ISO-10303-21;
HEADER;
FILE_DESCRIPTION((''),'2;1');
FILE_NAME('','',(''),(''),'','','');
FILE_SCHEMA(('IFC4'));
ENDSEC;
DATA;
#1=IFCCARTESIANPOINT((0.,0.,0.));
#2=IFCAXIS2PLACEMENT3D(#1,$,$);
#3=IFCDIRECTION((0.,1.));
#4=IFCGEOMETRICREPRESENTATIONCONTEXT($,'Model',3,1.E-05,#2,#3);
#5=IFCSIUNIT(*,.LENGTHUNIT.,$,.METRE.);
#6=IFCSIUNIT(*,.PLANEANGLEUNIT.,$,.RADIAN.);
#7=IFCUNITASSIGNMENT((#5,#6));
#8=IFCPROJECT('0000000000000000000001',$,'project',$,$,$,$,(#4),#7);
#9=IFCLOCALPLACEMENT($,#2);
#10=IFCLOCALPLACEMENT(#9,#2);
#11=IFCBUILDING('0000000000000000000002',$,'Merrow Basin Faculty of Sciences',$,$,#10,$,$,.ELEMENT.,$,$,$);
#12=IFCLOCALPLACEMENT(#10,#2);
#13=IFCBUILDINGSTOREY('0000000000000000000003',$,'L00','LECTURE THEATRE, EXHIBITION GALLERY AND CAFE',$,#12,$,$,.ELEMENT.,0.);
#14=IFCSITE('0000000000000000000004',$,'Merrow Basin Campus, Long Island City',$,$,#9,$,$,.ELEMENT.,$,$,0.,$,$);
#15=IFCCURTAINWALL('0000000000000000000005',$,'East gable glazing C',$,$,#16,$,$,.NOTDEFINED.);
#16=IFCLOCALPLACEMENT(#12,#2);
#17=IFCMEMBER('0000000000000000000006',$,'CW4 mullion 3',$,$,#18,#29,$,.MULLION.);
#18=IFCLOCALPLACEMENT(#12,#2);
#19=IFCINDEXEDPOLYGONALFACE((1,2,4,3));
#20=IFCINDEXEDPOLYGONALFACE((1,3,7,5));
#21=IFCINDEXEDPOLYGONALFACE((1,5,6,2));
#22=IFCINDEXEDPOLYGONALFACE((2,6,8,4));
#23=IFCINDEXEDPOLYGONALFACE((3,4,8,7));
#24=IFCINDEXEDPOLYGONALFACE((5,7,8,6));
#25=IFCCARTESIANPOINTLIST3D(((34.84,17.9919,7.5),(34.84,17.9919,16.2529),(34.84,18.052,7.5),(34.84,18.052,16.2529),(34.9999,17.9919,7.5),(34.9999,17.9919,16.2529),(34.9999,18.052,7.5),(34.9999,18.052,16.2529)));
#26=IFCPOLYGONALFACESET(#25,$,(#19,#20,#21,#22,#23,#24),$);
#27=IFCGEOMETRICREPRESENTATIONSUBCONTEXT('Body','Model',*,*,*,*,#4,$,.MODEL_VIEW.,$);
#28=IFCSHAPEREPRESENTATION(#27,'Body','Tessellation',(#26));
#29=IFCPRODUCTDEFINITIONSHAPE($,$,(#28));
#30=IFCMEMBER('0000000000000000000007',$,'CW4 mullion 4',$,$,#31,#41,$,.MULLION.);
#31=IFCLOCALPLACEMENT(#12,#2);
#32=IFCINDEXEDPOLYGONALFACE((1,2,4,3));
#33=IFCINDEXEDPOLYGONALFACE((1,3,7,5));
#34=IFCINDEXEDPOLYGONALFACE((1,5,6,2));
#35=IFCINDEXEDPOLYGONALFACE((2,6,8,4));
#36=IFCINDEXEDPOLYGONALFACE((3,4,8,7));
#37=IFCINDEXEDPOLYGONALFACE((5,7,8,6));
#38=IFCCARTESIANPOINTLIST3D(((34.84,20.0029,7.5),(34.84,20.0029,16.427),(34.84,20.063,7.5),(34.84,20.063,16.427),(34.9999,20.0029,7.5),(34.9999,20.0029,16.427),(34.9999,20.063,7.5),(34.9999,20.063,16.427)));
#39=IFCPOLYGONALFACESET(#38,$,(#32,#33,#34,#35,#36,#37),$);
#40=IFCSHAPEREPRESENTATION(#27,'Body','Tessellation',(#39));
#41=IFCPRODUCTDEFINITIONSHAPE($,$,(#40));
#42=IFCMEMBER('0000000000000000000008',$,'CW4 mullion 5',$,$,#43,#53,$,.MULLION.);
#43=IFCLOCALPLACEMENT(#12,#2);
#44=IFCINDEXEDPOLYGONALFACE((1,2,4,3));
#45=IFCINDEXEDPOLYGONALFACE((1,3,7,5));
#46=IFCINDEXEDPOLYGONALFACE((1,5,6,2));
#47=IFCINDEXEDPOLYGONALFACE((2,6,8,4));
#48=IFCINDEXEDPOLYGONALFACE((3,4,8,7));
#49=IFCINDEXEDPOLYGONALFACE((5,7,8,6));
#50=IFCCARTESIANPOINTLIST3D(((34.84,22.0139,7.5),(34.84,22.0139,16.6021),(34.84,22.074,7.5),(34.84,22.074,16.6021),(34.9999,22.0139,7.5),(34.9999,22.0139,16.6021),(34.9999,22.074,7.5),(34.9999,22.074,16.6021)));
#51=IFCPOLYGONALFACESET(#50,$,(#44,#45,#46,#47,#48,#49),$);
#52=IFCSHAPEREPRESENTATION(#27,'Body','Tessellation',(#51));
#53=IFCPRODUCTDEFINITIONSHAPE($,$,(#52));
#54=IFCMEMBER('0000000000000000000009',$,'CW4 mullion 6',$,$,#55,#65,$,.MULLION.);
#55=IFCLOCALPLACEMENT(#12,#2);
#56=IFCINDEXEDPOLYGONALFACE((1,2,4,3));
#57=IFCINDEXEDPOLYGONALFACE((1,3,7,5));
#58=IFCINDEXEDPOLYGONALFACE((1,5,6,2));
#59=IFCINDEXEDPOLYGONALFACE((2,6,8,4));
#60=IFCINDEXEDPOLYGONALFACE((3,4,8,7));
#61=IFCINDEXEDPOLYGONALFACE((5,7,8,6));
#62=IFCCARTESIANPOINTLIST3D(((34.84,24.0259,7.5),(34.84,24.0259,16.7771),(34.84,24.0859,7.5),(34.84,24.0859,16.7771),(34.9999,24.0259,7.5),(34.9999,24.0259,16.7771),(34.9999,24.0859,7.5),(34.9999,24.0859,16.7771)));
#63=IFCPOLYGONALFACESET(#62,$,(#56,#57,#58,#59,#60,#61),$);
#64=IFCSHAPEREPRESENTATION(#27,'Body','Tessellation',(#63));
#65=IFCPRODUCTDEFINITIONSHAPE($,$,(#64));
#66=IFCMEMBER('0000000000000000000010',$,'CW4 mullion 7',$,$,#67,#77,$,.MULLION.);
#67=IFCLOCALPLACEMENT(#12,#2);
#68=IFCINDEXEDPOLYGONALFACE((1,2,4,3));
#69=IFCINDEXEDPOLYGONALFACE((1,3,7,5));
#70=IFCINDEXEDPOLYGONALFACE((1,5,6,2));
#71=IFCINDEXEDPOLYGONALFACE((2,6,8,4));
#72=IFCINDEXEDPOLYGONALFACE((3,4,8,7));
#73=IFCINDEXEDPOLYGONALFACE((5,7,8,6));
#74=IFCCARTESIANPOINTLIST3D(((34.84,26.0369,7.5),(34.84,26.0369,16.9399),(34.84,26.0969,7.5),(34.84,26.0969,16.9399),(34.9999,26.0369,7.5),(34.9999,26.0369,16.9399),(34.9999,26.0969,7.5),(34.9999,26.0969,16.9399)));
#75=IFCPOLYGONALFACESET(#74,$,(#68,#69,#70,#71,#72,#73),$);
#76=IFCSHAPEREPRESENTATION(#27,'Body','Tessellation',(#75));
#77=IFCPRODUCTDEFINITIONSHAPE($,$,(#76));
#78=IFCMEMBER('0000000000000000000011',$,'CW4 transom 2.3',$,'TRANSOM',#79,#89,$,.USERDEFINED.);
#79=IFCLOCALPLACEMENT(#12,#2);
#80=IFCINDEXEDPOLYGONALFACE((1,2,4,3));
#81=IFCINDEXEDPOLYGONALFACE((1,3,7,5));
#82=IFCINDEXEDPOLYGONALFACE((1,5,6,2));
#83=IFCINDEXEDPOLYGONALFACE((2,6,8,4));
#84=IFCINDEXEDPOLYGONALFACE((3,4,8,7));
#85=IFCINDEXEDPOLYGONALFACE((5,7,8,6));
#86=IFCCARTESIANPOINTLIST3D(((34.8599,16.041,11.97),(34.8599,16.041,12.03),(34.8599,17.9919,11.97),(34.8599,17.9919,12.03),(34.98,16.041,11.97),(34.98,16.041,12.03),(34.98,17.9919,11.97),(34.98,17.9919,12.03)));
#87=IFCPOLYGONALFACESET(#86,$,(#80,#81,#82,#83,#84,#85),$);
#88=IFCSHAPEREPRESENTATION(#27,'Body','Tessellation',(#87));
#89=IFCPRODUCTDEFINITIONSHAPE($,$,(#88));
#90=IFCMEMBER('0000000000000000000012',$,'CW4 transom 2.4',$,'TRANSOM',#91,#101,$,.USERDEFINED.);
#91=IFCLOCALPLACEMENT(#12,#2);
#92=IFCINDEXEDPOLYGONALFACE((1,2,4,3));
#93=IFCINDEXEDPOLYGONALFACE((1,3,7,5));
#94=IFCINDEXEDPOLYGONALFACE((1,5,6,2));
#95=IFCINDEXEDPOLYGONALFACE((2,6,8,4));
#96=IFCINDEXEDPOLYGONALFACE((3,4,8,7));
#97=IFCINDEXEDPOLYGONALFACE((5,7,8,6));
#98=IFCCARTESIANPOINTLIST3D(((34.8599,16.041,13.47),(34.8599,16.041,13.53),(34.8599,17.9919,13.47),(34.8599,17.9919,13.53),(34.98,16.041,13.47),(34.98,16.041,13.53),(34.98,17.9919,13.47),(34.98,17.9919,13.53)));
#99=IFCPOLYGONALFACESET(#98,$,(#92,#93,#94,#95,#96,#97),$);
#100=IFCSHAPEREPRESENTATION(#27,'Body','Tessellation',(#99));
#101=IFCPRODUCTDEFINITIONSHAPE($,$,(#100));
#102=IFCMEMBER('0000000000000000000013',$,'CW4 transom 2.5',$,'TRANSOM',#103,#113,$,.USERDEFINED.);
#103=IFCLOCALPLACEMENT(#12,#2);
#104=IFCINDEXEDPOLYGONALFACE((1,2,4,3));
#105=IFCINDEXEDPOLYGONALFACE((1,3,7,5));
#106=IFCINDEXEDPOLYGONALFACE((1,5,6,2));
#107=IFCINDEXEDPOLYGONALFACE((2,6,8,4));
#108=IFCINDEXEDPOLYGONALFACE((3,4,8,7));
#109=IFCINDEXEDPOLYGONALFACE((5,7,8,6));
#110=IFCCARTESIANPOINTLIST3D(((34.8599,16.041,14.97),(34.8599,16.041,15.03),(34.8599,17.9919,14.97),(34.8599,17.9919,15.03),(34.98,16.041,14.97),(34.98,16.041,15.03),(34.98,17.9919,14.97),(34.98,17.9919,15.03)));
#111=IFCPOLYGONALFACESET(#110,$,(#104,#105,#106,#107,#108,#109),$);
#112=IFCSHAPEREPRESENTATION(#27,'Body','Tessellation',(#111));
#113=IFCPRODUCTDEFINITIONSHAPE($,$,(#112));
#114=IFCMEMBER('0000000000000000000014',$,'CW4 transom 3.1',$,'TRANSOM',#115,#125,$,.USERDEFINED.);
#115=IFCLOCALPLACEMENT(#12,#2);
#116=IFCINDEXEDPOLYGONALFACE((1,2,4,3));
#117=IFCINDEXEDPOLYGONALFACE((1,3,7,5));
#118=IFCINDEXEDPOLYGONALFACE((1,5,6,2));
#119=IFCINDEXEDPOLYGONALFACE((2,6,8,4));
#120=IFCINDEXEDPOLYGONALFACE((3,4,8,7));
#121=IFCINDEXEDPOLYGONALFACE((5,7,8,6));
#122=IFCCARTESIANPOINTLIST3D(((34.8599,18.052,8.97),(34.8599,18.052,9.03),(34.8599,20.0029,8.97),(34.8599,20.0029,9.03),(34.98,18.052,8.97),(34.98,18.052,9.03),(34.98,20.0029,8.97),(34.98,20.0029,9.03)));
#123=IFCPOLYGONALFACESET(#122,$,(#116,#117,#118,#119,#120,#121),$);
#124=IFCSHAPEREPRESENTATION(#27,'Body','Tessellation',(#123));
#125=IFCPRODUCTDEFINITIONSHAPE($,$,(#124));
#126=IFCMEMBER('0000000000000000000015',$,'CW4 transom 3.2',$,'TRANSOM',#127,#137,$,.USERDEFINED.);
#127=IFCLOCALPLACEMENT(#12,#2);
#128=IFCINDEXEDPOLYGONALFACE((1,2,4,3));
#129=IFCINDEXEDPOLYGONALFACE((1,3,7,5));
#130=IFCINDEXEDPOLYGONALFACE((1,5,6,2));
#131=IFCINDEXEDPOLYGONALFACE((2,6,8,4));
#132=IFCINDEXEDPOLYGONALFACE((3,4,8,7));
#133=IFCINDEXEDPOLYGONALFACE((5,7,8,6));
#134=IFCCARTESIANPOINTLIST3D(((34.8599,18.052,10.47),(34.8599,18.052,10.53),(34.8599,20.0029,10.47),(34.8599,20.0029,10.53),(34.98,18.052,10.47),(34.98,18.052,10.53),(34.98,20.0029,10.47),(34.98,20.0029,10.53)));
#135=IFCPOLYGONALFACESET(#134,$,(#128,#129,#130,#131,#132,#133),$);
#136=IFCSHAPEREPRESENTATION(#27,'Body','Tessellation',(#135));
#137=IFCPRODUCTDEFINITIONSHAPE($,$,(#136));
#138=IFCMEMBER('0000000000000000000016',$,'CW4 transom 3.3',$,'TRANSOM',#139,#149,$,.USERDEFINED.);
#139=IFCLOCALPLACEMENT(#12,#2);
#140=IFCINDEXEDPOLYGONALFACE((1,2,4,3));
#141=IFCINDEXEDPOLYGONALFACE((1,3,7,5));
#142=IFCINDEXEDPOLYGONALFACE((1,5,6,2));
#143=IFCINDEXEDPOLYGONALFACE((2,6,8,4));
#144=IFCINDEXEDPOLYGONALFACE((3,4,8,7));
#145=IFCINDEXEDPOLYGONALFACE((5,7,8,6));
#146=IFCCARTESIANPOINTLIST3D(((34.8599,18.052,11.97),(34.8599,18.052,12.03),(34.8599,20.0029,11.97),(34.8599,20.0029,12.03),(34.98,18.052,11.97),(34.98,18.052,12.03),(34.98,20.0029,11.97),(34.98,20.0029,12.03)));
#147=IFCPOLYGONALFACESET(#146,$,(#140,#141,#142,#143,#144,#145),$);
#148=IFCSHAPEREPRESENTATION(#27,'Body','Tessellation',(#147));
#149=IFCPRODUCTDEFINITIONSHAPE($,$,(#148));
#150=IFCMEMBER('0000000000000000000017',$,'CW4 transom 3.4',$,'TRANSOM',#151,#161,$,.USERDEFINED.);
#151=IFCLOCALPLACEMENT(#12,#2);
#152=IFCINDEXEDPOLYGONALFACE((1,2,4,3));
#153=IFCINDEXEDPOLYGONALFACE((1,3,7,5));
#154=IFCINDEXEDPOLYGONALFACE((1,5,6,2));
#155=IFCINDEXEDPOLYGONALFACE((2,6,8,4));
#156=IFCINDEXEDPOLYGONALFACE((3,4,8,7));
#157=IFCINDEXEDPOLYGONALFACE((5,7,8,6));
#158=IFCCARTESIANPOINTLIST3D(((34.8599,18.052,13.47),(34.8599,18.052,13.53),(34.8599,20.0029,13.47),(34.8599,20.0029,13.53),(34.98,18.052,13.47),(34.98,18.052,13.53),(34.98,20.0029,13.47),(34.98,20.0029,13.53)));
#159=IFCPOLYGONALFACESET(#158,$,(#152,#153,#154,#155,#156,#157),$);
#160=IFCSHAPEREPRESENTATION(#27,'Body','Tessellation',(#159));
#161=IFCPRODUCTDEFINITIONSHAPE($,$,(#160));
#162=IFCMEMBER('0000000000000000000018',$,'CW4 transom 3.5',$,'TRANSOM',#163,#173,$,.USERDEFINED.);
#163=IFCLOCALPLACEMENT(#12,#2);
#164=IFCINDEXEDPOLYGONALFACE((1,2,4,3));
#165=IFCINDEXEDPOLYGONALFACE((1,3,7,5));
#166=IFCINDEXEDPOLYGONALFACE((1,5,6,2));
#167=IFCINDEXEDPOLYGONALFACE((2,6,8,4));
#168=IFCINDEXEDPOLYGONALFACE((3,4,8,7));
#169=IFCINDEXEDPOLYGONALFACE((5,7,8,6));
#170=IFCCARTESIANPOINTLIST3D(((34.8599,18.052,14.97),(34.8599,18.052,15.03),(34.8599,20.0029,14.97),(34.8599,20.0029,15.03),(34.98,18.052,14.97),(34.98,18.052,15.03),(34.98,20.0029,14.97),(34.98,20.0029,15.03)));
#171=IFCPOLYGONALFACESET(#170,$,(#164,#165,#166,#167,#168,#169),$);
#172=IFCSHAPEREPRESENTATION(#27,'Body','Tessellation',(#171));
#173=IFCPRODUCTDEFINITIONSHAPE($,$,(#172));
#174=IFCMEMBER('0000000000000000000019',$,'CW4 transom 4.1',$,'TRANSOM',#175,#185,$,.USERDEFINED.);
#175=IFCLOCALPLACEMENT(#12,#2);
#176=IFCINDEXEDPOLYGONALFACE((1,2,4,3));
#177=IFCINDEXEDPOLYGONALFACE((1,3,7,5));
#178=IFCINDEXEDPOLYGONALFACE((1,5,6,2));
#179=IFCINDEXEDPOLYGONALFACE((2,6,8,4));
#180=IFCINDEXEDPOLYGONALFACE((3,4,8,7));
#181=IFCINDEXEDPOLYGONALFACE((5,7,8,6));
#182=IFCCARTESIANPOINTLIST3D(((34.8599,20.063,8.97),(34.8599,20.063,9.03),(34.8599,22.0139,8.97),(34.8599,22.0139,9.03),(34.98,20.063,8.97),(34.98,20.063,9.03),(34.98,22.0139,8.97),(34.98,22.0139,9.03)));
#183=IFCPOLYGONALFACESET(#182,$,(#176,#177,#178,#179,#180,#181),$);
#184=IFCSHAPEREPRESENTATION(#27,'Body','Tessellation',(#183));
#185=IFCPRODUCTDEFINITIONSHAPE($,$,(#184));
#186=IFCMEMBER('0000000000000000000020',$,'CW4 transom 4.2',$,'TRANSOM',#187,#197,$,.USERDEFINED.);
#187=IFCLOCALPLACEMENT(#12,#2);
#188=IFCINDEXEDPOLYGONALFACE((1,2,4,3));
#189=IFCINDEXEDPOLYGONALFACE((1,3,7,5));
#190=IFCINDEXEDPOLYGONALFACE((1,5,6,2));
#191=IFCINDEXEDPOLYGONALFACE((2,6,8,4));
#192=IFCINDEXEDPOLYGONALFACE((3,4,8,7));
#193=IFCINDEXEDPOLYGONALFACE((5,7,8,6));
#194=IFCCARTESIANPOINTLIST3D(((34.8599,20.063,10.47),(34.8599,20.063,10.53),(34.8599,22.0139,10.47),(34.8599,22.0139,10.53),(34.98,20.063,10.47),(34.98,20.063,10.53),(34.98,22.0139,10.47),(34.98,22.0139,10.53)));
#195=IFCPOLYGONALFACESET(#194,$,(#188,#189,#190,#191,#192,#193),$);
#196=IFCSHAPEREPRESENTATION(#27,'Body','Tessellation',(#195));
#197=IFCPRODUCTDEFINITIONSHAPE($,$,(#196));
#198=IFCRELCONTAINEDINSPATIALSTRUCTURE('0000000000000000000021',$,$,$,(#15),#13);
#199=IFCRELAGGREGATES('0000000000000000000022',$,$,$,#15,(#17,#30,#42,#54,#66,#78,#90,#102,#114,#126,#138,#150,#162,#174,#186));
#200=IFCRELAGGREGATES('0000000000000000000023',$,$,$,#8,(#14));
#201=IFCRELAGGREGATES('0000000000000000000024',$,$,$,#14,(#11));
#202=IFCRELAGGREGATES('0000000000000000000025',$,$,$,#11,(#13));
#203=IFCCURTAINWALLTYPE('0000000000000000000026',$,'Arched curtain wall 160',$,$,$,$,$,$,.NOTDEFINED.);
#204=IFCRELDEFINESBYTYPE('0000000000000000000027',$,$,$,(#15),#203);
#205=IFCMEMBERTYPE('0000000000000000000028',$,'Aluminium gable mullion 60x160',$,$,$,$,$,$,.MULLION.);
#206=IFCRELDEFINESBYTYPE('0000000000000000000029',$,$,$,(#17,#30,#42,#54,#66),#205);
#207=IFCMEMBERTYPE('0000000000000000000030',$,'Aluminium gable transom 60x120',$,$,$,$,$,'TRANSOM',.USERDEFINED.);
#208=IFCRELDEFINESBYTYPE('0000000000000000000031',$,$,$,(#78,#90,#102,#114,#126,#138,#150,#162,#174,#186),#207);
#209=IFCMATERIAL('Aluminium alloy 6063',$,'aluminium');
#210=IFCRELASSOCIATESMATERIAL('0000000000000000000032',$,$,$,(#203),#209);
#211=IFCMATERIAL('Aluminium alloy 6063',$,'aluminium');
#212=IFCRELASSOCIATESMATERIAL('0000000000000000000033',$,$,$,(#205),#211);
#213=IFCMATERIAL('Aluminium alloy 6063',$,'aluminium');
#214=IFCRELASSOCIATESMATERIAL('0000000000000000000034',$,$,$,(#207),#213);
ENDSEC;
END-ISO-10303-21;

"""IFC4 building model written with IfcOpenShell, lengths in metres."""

from ifc_helpers import new_model, si_unit, direction, frame, origin, origin_2d, place, context, subcontext, project, spatial, rectangle, extrude, material, material_profile, profile_set, type_object, element, aggregate, save


model = new_model("IFC4")

# Units and contexts
model_context = context("Model", 3, precision=1e-05, world=origin(), true_north=direction((0.0, 1.0)))
body_context = subcontext(model_context, "Body", "Model", "MODEL_VIEW")
ifc_project = project(units=[si_unit("LENGTHUNIT", "METRE"), si_unit("PLANEANGLEUNIT", "RADIAN")], contexts=[model_context])

# Site, building, storey
site_placement = place(None, origin())
site = spatial("IfcSite", under=ifc_project, at=site_placement, Name="Merrow Basin Campus, Long Island City", CompositionType="ELEMENT", RefElevation=0.0)
building_placement = place(site_placement, origin())
building = spatial("IfcBuilding", under=site, at=building_placement, Name="Merrow Basin Faculty of Sciences", CompositionType="ELEMENT")
storey_placement = place(building_placement, origin())
storey = spatial("IfcBuildingStorey", under=building, at=storey_placement, Name="L00", Description="LECTURE THEATRE, EXHIBITION GALLERY AND CAFE", CompositionType="ELEMENT", Elevation=0.0)

# Curtain wall, members
ifc_material_1 = material(Name="Aluminium alloy 6063", Category="aluminium")
curtain_wall_type = type_object("IfcCurtainWallType", Name="Arched curtain wall 160", PredefinedType="NOTDEFINED", material=ifc_material_1)
curtain_wall_placement = place(storey_placement, origin())
curtain_wall = element("IfcCurtainWall", 1, at=curtain_wall_placement, inside=storey, type_object=curtain_wall_type, Name="East gable glazing C", PredefinedType="NOTDEFINED")
ifc_material_2 = material(Name="Aluminium alloy 6063", Category="aluminium")
ifc_material_profile_1 = material_profile(ifc_material_2, rectangle(XDim=0.1599, YDim=0.0601, at=origin_2d()))
ifc_profile_set_1 = profile_set([ifc_material_profile_1], Name="Aluminium alloy 6063")
member_type_1 = type_object("IfcMemberType", Name="Aluminium gable mullion 60x160", PredefinedType="MULLION", material=ifc_profile_set_1)
member_1_placement = place(storey_placement, frame((34.9199, 18.022, 7.5), z_axis=(0.0, 0.0, 1.0), x_axis=(1.0, 0.0, 0.0)))
member_1 = element("IfcMember", 2, at=member_1_placement, type_object=member_type_1, Name="CW4 mullion 3", PredefinedType="MULLION", context=body_context, shape_type="SweptSolid", body=[
    extrude(rectangle(XDim=0.1599, YDim=0.0601, at=origin_2d()), origin(), (0.0, 0.0, 1.0), 8.7529),
])
member_2_placement = place(storey_placement, frame((34.9199, 20.033, 7.5), z_axis=(0.0, 0.0, 1.0), x_axis=(1.0, 0.0, 0.0)))
member_2 = element("IfcMember", 3, at=member_2_placement, type_object=member_type_1, Name="CW4 mullion 4", PredefinedType="MULLION", context=body_context, shape_type="SweptSolid", body=[
    extrude(rectangle(XDim=0.1599, YDim=0.0601, at=origin_2d()), origin(), (0.0, 0.0, 1.0), 8.927),
])
member_3_placement = place(storey_placement, frame((34.9199, 22.0439, 7.5), z_axis=(0.0, 0.0, 1.0), x_axis=(1.0, 0.0, 0.0)))
member_3 = element("IfcMember", 4, at=member_3_placement, type_object=member_type_1, Name="CW4 mullion 5", PredefinedType="MULLION", context=body_context, shape_type="SweptSolid", body=[
    extrude(rectangle(XDim=0.1599, YDim=0.0601, at=origin_2d()), origin(), (0.0, 0.0, 1.0), 9.1021),
])
member_4_placement = place(storey_placement, frame((34.9199, 24.0559, 7.5), z_axis=(0.0, 0.0, 1.0), x_axis=(1.0, 0.0, 0.0)))
member_4 = element("IfcMember", 5, at=member_4_placement, type_object=member_type_1, Name="CW4 mullion 6", PredefinedType="MULLION", context=body_context, shape_type="SweptSolid", body=[
    extrude(rectangle(XDim=0.1599, YDim=0.0601, at=origin_2d()), origin(), (0.0, 0.0, 1.0), 9.2771),
])
member_5_placement = place(storey_placement, frame((34.9199, 26.0669, 7.5), z_axis=(0.0, 0.0, 1.0), x_axis=(1.0, 0.0, 0.0)))
member_5 = element("IfcMember", 6, at=member_5_placement, type_object=member_type_1, Name="CW4 mullion 7", PredefinedType="MULLION", context=body_context, shape_type="SweptSolid", body=[
    extrude(rectangle(XDim=0.1599, YDim=0.0601, at=origin_2d()), origin(), (0.0, 0.0, 1.0), 9.4399),
])
ifc_material_3 = material(Name="Aluminium alloy 6063", Category="aluminium")
ifc_material_profile_2 = material_profile(ifc_material_3, rectangle(XDim=0.1201, YDim=0.0601, at=origin_2d()))
ifc_profile_set_2 = profile_set([ifc_material_profile_2], Name="Aluminium alloy 6063")
member_type_2 = type_object("IfcMemberType", Name="Aluminium gable transom 60x120", ElementType="TRANSOM", PredefinedType="USERDEFINED", material=ifc_profile_set_2)
member_6_placement = place(storey_placement, frame((34.9199, 16.041, 12.0), z_axis=(0.0, 1.0, 0.0), x_axis=(-1.0, 0.0, 0.0)))
member_6 = element("IfcMember", 7, at=member_6_placement, type_object=member_type_2, Name="CW4 transom 2.3", ObjectType="TRANSOM", PredefinedType="USERDEFINED", context=body_context, shape_type="SweptSolid", body=[
    extrude(rectangle(XDim=0.1201, YDim=0.0601, at=origin_2d()), origin(), (0.0, 0.0, 1.0), 1.9509),
])
member_7_placement = place(storey_placement, frame((34.9199, 16.041, 13.5), z_axis=(0.0, 1.0, 0.0), x_axis=(-1.0, 0.0, 0.0)))
member_7 = element("IfcMember", 8, at=member_7_placement, type_object=member_type_2, Name="CW4 transom 2.4", ObjectType="TRANSOM", PredefinedType="USERDEFINED", context=body_context, shape_type="SweptSolid", body=[
    extrude(rectangle(XDim=0.1201, YDim=0.0601, at=origin_2d()), origin(), (0.0, 0.0, 1.0), 1.9509),
])
member_8_placement = place(storey_placement, frame((34.9199, 16.041, 15.0), z_axis=(0.0, 1.0, 0.0), x_axis=(-1.0, 0.0, 0.0)))
member_8 = element("IfcMember", 9, at=member_8_placement, type_object=member_type_2, Name="CW4 transom 2.5", ObjectType="TRANSOM", PredefinedType="USERDEFINED", context=body_context, shape_type="SweptSolid", body=[
    extrude(rectangle(XDim=0.1201, YDim=0.0601, at=origin_2d()), origin(), (0.0, 0.0, 1.0), 1.9509),
])
member_9_placement = place(storey_placement, frame((34.9199, 18.052, 9.0), z_axis=(0.0, 1.0, 0.0), x_axis=(-1.0, 0.0, 0.0)))
member_9 = element("IfcMember", 10, at=member_9_placement, type_object=member_type_2, Name="CW4 transom 3.1", ObjectType="TRANSOM", PredefinedType="USERDEFINED", context=body_context, shape_type="SweptSolid", body=[
    extrude(rectangle(XDim=0.1201, YDim=0.0601, at=origin_2d()), origin(), (0.0, 0.0, 1.0), 1.9509),
])
member_10_placement = place(storey_placement, frame((34.9199, 18.052, 10.5), z_axis=(0.0, 1.0, 0.0), x_axis=(-1.0, 0.0, 0.0)))
member_10 = element("IfcMember", 11, at=member_10_placement, type_object=member_type_2, Name="CW4 transom 3.2", ObjectType="TRANSOM", PredefinedType="USERDEFINED", context=body_context, shape_type="SweptSolid", body=[
    extrude(rectangle(XDim=0.1201, YDim=0.0601, at=origin_2d()), origin(), (0.0, 0.0, 1.0), 1.9509),
])
member_11_placement = place(storey_placement, frame((34.9199, 18.052, 12.0), z_axis=(0.0, 1.0, 0.0), x_axis=(-1.0, 0.0, 0.0)))
member_11 = element("IfcMember", 12, at=member_11_placement, type_object=member_type_2, Name="CW4 transom 3.3", ObjectType="TRANSOM", PredefinedType="USERDEFINED", context=body_context, shape_type="SweptSolid", body=[
    extrude(rectangle(XDim=0.1201, YDim=0.0601, at=origin_2d()), origin(), (0.0, 0.0, 1.0), 1.9509),
])
member_12_placement = place(storey_placement, frame((34.9199, 18.052, 13.5), z_axis=(0.0, 1.0, 0.0), x_axis=(-1.0, 0.0, 0.0)))
member_12 = element("IfcMember", 13, at=member_12_placement, type_object=member_type_2, Name="CW4 transom 3.4", ObjectType="TRANSOM", PredefinedType="USERDEFINED", context=body_context, shape_type="SweptSolid", body=[
    extrude(rectangle(XDim=0.1201, YDim=0.0601, at=origin_2d()), origin(), (0.0, 0.0, 1.0), 1.9509),
])
member_13_placement = place(storey_placement, frame((34.9199, 18.052, 15.0), z_axis=(0.0, 1.0, 0.0), x_axis=(-1.0, 0.0, 0.0)))
member_13 = element("IfcMember", 14, at=member_13_placement, type_object=member_type_2, Name="CW4 transom 3.5", ObjectType="TRANSOM", PredefinedType="USERDEFINED", context=body_context, shape_type="SweptSolid", body=[
    extrude(rectangle(XDim=0.1201, YDim=0.0601, at=origin_2d()), origin(), (0.0, 0.0, 1.0), 1.9509),
])
member_14_placement = place(storey_placement, frame((34.9199, 20.063, 9.0), z_axis=(0.0, 1.0, 0.0), x_axis=(-1.0, 0.0, 0.0)))
member_14 = element("IfcMember", 15, at=member_14_placement, type_object=member_type_2, Name="CW4 transom 4.1", ObjectType="TRANSOM", PredefinedType="USERDEFINED", context=body_context, shape_type="SweptSolid", body=[
    extrude(rectangle(XDim=0.1201, YDim=0.0601, at=origin_2d()), origin(), (0.0, 0.0, 1.0), 1.9509),
])
member_15_placement = place(storey_placement, frame((34.9199, 20.063, 10.5), z_axis=(0.0, 1.0, 0.0), x_axis=(-1.0, 0.0, 0.0)))
member_15 = element("IfcMember", 16, at=member_15_placement, type_object=member_type_2, Name="CW4 transom 4.2", ObjectType="TRANSOM", PredefinedType="USERDEFINED", context=body_context, shape_type="SweptSolid", body=[
    extrude(rectangle(XDim=0.1201, YDim=0.0601, at=origin_2d()), origin(), (0.0, 0.0, 1.0), 1.9509),
])
aggregate(curtain_wall, [member_1, member_2, member_3, member_4, member_5, member_6, member_7, member_8, member_9, member_10, member_11, member_12, member_13, member_14, member_15])

save(model, "model.ifc")
